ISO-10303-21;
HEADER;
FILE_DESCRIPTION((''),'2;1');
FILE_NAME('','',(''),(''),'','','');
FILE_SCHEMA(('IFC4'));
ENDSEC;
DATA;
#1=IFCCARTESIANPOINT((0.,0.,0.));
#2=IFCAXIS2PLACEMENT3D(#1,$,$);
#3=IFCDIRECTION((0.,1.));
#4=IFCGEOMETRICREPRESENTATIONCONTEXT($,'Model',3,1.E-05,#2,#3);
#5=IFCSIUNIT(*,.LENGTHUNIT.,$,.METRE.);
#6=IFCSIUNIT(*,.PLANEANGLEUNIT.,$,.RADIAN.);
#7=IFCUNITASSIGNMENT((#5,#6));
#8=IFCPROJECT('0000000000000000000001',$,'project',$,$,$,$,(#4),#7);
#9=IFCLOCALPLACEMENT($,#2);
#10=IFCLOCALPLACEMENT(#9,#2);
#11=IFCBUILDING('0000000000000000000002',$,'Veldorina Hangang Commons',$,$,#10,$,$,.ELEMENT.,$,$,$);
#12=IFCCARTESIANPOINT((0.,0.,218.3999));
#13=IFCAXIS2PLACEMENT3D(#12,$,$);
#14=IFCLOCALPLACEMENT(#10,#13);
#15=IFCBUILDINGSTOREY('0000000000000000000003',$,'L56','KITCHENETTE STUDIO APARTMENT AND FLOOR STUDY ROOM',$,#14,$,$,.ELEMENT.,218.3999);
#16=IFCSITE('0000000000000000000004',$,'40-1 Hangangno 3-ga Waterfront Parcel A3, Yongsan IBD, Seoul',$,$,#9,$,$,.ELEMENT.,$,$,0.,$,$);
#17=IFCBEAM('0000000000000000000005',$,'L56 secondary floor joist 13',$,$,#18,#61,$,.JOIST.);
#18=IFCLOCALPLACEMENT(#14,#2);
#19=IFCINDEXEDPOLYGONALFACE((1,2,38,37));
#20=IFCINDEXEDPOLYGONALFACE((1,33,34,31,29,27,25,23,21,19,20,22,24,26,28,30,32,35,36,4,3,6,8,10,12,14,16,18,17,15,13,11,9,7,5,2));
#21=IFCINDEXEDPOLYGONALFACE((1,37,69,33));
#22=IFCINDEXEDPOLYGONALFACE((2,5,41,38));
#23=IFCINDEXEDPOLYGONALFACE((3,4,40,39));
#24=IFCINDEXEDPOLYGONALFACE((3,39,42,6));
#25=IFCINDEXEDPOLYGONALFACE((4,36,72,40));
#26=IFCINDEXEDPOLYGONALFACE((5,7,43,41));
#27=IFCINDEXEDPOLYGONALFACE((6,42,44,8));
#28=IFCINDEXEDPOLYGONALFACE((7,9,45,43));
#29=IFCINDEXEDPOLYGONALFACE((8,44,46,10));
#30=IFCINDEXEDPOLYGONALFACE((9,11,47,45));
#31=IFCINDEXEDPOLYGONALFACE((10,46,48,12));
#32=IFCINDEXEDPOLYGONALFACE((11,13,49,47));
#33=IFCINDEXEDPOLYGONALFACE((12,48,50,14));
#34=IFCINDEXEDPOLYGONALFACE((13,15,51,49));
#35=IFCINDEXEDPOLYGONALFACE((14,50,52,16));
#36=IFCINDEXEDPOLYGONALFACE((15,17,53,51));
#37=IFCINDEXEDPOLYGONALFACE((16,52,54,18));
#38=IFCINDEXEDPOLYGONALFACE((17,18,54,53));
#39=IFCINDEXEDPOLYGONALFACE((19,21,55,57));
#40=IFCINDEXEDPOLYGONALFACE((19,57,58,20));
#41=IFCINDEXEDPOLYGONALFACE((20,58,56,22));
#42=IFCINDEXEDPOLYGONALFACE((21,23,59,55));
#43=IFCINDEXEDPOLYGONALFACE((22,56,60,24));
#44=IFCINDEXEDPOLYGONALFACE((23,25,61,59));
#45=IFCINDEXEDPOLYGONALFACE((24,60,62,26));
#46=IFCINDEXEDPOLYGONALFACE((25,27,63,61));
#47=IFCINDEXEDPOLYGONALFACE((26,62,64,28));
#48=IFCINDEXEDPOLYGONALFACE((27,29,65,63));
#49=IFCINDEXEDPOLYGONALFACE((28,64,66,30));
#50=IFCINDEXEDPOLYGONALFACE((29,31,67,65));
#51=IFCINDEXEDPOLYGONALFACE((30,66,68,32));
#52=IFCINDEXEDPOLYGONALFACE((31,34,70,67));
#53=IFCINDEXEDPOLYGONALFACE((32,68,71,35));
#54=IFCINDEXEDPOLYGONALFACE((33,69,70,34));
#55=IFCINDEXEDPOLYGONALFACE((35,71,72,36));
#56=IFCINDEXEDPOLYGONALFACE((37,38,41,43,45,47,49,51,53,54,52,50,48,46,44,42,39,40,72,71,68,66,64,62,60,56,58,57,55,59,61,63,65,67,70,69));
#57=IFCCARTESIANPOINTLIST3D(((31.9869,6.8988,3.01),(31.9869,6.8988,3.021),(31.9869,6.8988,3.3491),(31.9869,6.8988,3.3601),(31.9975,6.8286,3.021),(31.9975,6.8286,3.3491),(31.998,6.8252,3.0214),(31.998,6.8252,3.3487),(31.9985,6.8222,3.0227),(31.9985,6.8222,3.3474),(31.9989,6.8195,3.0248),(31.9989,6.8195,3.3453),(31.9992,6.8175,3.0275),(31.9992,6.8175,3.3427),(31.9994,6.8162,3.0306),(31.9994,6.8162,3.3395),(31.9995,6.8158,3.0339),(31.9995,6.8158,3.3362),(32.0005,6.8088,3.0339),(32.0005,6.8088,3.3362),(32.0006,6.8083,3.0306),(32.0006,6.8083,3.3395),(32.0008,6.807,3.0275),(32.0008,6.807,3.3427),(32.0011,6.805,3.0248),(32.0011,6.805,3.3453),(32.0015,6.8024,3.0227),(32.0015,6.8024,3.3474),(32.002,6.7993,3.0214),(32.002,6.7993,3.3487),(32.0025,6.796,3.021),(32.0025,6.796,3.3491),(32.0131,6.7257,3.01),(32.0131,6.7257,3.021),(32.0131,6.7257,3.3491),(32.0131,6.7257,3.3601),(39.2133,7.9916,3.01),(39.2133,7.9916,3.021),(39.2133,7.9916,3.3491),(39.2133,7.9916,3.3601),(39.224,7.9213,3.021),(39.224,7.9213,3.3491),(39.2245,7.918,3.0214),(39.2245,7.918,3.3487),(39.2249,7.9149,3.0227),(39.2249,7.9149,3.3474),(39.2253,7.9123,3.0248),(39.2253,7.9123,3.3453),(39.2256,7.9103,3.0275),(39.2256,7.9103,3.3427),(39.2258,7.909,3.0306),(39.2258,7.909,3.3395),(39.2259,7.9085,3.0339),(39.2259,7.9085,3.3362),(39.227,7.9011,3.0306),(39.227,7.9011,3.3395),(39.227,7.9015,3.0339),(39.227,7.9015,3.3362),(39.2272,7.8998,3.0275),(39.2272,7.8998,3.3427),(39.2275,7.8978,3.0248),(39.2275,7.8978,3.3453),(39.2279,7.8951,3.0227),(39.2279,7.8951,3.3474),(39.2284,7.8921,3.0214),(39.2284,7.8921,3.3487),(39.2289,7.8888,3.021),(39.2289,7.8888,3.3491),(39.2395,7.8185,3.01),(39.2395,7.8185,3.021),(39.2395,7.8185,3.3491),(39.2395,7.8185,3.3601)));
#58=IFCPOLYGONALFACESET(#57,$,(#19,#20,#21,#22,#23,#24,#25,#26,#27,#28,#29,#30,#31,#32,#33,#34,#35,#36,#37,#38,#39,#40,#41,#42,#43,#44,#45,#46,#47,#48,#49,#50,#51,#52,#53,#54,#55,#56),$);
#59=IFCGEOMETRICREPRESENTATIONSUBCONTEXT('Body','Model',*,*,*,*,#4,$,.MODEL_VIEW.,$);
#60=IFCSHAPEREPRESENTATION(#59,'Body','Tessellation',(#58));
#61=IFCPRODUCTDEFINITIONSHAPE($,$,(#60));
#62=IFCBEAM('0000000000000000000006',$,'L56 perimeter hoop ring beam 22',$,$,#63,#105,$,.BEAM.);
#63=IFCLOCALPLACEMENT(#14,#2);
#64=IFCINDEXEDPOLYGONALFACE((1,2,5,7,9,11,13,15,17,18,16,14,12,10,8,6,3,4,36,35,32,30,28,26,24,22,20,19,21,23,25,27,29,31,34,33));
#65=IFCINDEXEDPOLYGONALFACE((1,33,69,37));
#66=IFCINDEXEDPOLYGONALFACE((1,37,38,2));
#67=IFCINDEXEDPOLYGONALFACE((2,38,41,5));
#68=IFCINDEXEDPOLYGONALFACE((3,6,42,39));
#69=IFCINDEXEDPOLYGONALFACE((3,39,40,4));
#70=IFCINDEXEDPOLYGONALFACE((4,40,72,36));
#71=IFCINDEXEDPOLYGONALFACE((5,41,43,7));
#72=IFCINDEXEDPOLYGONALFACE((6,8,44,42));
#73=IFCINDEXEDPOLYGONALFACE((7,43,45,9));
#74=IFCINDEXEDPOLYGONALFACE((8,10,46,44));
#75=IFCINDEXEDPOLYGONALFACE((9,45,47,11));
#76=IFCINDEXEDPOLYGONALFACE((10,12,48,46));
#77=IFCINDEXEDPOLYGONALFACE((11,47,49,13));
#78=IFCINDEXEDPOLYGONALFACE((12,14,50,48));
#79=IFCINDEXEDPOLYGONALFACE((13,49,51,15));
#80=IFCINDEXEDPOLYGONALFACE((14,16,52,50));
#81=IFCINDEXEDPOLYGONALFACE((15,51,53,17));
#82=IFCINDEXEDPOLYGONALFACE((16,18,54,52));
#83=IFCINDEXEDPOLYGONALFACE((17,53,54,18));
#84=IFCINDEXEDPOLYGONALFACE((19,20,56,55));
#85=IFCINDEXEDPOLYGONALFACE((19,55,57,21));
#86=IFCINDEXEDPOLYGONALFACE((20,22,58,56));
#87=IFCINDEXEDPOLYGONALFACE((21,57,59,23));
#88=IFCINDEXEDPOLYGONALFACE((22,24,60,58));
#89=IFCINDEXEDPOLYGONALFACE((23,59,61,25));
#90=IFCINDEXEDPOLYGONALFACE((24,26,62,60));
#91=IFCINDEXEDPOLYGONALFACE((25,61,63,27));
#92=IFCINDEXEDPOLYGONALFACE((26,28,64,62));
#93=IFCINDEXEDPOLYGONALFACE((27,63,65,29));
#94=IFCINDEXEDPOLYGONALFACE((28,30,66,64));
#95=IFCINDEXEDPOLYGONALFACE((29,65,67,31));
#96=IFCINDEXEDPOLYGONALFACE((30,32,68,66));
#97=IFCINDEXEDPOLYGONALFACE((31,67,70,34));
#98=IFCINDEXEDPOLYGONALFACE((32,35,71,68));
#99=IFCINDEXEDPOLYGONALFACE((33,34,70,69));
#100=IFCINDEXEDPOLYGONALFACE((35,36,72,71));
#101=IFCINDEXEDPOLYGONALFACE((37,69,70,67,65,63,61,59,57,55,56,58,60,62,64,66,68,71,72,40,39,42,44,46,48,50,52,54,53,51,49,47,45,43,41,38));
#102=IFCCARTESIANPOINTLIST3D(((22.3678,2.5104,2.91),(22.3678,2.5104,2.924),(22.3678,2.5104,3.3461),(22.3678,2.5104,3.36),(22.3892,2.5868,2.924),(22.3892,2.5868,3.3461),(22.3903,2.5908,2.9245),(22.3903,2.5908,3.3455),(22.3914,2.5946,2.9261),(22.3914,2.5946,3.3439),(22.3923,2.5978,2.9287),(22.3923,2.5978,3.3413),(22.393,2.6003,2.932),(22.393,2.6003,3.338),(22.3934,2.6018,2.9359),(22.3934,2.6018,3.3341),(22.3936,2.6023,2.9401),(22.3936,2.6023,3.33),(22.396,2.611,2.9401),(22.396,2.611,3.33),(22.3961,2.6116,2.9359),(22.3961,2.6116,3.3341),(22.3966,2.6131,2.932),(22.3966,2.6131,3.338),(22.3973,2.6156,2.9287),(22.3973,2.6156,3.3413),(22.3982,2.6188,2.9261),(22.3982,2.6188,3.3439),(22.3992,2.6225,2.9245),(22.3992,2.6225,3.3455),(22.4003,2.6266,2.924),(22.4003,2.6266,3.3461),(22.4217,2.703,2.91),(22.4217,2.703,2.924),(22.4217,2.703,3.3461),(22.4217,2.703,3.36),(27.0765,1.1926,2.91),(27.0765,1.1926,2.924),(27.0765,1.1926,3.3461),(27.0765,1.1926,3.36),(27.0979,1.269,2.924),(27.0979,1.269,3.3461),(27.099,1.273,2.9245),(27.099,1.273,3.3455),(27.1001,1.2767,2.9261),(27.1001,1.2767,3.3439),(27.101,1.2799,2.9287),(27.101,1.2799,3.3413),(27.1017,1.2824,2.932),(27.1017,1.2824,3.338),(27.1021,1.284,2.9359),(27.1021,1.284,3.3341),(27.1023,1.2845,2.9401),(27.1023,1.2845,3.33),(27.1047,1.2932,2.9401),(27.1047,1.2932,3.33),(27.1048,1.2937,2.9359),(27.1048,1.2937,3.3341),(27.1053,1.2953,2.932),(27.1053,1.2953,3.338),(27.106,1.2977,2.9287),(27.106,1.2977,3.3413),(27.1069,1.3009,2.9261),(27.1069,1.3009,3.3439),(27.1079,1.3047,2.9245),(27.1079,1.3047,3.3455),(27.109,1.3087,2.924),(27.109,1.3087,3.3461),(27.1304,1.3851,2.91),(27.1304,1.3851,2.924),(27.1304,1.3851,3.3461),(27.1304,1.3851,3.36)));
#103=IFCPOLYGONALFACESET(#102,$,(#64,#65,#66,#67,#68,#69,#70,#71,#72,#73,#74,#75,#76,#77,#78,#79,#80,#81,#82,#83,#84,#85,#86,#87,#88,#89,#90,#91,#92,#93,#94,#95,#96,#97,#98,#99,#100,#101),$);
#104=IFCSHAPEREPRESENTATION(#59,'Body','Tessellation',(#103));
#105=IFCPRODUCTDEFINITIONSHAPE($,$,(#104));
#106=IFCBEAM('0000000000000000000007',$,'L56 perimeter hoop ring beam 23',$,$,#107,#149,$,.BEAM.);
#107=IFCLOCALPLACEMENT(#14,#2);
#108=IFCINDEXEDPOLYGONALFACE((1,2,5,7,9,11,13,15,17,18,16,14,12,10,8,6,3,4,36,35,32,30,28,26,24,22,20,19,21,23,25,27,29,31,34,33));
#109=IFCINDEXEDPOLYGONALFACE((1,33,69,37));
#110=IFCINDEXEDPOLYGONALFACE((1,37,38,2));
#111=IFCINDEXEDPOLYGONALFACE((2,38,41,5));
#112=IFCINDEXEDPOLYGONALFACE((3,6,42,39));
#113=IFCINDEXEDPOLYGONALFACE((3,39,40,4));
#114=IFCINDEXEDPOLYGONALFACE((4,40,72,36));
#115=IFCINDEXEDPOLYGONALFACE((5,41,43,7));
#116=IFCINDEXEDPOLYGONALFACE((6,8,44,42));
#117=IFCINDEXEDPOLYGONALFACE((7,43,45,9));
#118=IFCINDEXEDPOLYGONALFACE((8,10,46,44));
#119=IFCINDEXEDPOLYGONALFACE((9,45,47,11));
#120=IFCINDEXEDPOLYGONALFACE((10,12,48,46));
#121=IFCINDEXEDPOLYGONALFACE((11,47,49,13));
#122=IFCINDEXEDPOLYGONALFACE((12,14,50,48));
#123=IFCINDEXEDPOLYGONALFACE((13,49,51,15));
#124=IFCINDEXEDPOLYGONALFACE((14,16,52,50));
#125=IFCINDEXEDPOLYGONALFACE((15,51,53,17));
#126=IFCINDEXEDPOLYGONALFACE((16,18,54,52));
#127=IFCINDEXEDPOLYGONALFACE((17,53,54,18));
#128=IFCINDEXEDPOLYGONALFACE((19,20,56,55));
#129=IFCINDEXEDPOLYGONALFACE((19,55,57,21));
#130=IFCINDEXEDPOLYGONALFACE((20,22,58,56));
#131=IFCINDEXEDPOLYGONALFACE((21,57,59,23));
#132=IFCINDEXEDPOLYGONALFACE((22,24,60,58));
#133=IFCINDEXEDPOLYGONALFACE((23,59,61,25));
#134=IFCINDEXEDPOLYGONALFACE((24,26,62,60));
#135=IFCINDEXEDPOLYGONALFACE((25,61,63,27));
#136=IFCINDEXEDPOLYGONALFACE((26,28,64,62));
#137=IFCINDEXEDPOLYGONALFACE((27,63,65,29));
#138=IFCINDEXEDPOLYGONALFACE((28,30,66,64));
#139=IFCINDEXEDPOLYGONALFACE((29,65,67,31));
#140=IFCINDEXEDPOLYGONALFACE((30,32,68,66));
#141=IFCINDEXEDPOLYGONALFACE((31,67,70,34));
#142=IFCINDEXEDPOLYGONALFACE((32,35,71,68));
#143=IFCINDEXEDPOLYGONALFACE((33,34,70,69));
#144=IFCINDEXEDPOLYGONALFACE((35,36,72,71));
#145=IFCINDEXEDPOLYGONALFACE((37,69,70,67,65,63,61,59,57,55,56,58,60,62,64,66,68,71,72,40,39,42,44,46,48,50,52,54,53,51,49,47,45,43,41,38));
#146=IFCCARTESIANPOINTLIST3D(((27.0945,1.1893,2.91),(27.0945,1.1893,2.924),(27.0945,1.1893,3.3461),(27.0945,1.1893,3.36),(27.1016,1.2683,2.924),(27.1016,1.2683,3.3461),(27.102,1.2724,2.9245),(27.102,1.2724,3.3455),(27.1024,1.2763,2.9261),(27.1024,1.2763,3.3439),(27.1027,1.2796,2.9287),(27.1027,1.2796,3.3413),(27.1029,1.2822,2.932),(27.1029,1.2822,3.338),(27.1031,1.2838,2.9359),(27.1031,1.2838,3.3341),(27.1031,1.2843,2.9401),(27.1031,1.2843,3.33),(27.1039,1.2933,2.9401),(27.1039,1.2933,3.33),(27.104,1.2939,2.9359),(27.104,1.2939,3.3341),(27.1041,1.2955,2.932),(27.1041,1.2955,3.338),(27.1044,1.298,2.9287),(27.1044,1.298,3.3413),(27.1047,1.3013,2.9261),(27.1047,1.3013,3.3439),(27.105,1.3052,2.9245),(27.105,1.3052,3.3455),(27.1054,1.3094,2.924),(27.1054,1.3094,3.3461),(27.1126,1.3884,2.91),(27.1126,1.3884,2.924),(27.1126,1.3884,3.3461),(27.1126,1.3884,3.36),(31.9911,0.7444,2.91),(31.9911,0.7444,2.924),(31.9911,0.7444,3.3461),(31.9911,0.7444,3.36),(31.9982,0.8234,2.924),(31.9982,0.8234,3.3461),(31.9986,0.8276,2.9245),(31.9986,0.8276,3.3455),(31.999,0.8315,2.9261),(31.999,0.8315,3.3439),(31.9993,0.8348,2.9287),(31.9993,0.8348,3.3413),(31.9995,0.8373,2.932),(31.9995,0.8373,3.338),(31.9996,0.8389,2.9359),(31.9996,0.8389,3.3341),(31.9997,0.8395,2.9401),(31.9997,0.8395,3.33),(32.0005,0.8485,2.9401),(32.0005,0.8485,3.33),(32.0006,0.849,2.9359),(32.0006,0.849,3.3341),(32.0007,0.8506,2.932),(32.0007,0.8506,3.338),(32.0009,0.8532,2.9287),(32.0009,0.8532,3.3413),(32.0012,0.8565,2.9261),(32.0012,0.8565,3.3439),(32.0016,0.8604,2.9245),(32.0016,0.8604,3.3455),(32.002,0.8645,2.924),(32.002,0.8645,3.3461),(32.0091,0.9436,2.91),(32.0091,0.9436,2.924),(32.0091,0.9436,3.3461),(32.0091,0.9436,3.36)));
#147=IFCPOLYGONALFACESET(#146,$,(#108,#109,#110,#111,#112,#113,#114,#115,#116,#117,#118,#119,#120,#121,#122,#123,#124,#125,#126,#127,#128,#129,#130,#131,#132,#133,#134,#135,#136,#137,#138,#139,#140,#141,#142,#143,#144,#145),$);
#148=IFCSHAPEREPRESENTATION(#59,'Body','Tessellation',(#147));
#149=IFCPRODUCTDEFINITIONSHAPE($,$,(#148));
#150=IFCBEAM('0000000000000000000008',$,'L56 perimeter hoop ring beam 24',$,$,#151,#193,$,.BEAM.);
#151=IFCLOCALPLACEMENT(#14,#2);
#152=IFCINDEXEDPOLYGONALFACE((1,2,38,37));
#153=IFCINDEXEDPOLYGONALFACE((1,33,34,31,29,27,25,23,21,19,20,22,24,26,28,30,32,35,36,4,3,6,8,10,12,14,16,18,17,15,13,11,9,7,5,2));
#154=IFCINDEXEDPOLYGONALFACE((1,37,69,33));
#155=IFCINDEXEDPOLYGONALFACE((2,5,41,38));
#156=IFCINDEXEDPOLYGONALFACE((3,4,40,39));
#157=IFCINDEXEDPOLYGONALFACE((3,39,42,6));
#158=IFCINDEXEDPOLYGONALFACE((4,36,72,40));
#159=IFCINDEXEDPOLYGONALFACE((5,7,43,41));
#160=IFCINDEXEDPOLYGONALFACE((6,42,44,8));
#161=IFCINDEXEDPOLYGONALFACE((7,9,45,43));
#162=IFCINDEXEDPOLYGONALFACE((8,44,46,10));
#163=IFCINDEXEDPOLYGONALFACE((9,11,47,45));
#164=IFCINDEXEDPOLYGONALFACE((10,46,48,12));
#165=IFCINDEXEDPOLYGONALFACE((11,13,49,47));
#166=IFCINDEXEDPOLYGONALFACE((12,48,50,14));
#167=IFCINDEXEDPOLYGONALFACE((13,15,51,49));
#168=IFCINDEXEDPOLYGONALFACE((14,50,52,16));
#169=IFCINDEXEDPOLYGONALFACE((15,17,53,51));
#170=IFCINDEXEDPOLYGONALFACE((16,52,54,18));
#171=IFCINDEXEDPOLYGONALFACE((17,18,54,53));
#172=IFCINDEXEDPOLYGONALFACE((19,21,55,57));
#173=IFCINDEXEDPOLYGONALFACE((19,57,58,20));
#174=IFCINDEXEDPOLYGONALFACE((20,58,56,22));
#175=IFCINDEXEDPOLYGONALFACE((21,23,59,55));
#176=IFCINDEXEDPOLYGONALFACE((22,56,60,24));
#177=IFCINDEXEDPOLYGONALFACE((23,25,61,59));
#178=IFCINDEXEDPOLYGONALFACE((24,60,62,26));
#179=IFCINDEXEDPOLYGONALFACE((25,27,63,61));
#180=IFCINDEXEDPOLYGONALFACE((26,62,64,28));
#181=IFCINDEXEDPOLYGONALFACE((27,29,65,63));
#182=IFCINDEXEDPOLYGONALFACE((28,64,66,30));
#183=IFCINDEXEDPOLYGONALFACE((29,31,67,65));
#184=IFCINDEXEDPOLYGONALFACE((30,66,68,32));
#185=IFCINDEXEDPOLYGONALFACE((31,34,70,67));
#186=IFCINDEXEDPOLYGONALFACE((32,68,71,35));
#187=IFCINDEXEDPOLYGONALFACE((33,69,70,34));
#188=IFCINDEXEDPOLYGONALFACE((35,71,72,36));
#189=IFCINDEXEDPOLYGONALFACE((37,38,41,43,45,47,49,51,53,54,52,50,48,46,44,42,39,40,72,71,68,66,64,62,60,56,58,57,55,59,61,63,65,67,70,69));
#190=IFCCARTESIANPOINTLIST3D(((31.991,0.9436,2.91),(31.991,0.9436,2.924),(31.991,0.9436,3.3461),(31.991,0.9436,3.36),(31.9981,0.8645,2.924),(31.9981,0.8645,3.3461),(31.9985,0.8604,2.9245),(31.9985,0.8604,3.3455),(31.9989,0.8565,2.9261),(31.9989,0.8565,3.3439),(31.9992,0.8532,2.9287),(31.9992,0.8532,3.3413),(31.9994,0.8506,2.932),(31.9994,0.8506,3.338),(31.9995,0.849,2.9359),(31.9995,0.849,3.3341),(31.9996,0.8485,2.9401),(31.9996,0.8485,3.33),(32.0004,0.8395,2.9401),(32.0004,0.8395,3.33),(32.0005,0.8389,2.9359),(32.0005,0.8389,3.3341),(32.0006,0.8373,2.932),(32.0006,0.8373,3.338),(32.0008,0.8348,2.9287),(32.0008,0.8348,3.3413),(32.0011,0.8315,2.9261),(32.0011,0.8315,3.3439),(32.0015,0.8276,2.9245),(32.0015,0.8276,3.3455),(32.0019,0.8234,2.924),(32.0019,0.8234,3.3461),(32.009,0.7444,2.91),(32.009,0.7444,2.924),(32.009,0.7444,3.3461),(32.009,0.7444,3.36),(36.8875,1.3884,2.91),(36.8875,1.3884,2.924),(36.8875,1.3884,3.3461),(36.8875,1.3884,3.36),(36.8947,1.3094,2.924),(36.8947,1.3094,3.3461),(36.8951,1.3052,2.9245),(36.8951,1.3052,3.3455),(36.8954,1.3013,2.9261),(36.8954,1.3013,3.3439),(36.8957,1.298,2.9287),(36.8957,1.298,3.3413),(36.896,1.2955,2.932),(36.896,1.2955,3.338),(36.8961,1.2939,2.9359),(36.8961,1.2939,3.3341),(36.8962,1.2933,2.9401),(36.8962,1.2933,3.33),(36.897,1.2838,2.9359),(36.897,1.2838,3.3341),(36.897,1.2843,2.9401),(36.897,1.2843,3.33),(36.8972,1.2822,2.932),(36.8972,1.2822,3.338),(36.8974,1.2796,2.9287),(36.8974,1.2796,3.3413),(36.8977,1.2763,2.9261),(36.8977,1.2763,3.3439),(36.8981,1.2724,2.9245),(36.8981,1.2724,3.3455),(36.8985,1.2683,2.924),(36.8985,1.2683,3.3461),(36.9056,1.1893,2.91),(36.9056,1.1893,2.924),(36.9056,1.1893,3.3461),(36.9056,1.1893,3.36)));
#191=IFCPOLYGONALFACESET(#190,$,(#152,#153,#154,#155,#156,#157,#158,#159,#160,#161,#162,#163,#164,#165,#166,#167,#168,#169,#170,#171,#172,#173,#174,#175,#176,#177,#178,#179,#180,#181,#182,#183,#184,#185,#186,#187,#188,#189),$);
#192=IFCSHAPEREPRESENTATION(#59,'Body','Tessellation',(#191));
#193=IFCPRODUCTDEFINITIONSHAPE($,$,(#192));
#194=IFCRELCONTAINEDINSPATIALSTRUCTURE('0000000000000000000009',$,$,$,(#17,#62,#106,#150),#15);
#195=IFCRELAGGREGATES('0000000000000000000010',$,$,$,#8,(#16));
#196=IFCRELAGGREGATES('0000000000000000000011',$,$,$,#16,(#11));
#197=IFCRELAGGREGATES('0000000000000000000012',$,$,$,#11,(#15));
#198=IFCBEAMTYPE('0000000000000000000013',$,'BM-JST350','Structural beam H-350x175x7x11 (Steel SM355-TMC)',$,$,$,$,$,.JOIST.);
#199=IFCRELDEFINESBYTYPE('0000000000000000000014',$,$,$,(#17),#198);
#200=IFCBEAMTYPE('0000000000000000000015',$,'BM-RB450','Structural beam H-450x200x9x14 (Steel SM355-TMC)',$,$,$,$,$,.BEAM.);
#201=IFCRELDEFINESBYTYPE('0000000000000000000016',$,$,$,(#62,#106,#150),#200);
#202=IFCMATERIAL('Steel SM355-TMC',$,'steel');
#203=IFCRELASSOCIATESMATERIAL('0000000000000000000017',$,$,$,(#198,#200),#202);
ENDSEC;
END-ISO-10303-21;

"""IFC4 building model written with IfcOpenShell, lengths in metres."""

from ifc_helpers import new_model, si_unit, direction, frame, origin, origin_2d, place, context, subcontext, project, spatial, i_section, extrude, material, material_profile, profile_set, type_object, element, save


model = new_model("IFC4")

# Units and contexts
model_context = context("Model", 3, precision=1e-05, world=origin(), true_north=direction((0.0, 1.0)))
body_context = subcontext(model_context, "Body", "Model", "MODEL_VIEW")
ifc_project = project(units=[si_unit("LENGTHUNIT", "METRE"), si_unit("PLANEANGLEUNIT", "RADIAN")], contexts=[model_context])

# Site, building, storey
site_placement = place(None, origin())
site = spatial("IfcSite", under=ifc_project, at=site_placement, Name="40-1 Hangangno 3-ga Waterfront Parcel A3, Yongsan IBD, Seoul", CompositionType="ELEMENT", RefElevation=0.0)
building_placement = place(site_placement, origin())
building = spatial("IfcBuilding", under=site, at=building_placement, Name="Veldorina Hangang Commons", CompositionType="ELEMENT")
storey_placement = place(building_placement, frame((0.0, 0.0, 218.3999)))
storey = spatial("IfcBuildingStorey", under=building, at=storey_placement, Name="L56", Description="KITCHENETTE STUDIO APARTMENT AND FLOOR STUDY ROOM", CompositionType="ELEMENT", Elevation=218.3999)

# Beams
ifc_material_1 = material(Name="Steel SM355-TMC", Category="steel")
ifc_material_profile_1 = material_profile(ifc_material_1, i_section(OverallWidth=0.175, OverallDepth=0.3501, WebThickness=0.0071, FlangeThickness=0.011, FilletRadius=0.0129, at=origin_2d()), Name="H-350x175x7x11")
ifc_profile_set_1 = profile_set([ifc_material_profile_1], Name="Steel SM355-TMC")
beam_type_1 = type_object("IfcBeamType", Name="BM-JST350", Description="Structural beam H-350x175x7x11 (Steel SM355-TMC)", PredefinedType="JOIST", material=ifc_profile_set_1)
beam_1_placement = place(storey_placement, frame((32.0, 6.8123, 3.1851), z_axis=(0.988758, 0.149521, 0.0), x_axis=(-0.149521, 0.988758, 0.0)))
element("IfcBeam", 1, at=beam_1_placement, inside=storey, type_object=beam_type_1, Name="L56 secondary floor joist 13", PredefinedType="JOIST", context=body_context, shape_type="SweptSolid", body=[
    extrude(i_section(OverallWidth=0.175, OverallDepth=0.3501, WebThickness=0.0071, FlangeThickness=0.011, FilletRadius=0.0129, at=origin_2d()), origin(), (0.0, 0.0, 1.0), 7.3086),
])
ifc_material_profile_2 = material_profile(ifc_material_1, i_section(OverallWidth=0.2, OverallDepth=0.45, WebThickness=0.009, FlangeThickness=0.0139, FilletRadius=0.0161, at=origin_2d()), Name="H-450x200x9x14")
ifc_profile_set_2 = profile_set([ifc_material_profile_2], Name="Steel SM355-TMC")
beam_type_2 = type_object("IfcBeamType", Name="BM-RB450", Description="Structural beam H-450x200x9x14 (Steel SM355-TMC)", PredefinedType="BEAM", material=ifc_profile_set_2)
beam_2_placement = place(storey_placement, frame((22.3948, 2.6067, 3.135), z_axis=(0.962995, -0.269521, 0.0), x_axis=(0.269521, 0.962995, 0.0)))
element("IfcBeam", 2, at=beam_2_placement, inside=storey, type_object=beam_type_2, Name="L56 perimeter hoop ring beam 22", PredefinedType="BEAM", context=body_context, shape_type="SweptSolid", body=[
    extrude(i_section(OverallWidth=0.2, OverallDepth=0.45, WebThickness=0.009, FlangeThickness=0.0139, FilletRadius=0.0161, at=origin_2d()), origin(), (0.0, 0.0, 1.0), 4.8896),
])
for number, where, z_axis, x_axis, name in (
    (3, (27.1035, 1.2888, 3.135), (0.995899, -0.090473, 0.0), (0.090473, 0.995899, 0.0), "L56 perimeter hoop ring beam 23"),
    (4, (32.0, 0.844, 3.135), (0.995899, 0.090473, 0.0), (-0.090473, 0.995899, 0.0), "L56 perimeter hoop ring beam 24"),
):
    element("IfcBeam", number, at=place(storey_placement, frame(where, z_axis=z_axis, x_axis=x_axis)), inside=storey, type_object=beam_type_2, Name=name, PredefinedType="BEAM", context=body_context, shape_type="SweptSolid", body=[
        extrude(i_section(OverallWidth=0.2, OverallDepth=0.45, WebThickness=0.009, FlangeThickness=0.0139, FilletRadius=0.0161, at=origin_2d()), origin(), (0.0, 0.0, 1.0), 4.9167),
    ])

save(model, "model.ifc")
